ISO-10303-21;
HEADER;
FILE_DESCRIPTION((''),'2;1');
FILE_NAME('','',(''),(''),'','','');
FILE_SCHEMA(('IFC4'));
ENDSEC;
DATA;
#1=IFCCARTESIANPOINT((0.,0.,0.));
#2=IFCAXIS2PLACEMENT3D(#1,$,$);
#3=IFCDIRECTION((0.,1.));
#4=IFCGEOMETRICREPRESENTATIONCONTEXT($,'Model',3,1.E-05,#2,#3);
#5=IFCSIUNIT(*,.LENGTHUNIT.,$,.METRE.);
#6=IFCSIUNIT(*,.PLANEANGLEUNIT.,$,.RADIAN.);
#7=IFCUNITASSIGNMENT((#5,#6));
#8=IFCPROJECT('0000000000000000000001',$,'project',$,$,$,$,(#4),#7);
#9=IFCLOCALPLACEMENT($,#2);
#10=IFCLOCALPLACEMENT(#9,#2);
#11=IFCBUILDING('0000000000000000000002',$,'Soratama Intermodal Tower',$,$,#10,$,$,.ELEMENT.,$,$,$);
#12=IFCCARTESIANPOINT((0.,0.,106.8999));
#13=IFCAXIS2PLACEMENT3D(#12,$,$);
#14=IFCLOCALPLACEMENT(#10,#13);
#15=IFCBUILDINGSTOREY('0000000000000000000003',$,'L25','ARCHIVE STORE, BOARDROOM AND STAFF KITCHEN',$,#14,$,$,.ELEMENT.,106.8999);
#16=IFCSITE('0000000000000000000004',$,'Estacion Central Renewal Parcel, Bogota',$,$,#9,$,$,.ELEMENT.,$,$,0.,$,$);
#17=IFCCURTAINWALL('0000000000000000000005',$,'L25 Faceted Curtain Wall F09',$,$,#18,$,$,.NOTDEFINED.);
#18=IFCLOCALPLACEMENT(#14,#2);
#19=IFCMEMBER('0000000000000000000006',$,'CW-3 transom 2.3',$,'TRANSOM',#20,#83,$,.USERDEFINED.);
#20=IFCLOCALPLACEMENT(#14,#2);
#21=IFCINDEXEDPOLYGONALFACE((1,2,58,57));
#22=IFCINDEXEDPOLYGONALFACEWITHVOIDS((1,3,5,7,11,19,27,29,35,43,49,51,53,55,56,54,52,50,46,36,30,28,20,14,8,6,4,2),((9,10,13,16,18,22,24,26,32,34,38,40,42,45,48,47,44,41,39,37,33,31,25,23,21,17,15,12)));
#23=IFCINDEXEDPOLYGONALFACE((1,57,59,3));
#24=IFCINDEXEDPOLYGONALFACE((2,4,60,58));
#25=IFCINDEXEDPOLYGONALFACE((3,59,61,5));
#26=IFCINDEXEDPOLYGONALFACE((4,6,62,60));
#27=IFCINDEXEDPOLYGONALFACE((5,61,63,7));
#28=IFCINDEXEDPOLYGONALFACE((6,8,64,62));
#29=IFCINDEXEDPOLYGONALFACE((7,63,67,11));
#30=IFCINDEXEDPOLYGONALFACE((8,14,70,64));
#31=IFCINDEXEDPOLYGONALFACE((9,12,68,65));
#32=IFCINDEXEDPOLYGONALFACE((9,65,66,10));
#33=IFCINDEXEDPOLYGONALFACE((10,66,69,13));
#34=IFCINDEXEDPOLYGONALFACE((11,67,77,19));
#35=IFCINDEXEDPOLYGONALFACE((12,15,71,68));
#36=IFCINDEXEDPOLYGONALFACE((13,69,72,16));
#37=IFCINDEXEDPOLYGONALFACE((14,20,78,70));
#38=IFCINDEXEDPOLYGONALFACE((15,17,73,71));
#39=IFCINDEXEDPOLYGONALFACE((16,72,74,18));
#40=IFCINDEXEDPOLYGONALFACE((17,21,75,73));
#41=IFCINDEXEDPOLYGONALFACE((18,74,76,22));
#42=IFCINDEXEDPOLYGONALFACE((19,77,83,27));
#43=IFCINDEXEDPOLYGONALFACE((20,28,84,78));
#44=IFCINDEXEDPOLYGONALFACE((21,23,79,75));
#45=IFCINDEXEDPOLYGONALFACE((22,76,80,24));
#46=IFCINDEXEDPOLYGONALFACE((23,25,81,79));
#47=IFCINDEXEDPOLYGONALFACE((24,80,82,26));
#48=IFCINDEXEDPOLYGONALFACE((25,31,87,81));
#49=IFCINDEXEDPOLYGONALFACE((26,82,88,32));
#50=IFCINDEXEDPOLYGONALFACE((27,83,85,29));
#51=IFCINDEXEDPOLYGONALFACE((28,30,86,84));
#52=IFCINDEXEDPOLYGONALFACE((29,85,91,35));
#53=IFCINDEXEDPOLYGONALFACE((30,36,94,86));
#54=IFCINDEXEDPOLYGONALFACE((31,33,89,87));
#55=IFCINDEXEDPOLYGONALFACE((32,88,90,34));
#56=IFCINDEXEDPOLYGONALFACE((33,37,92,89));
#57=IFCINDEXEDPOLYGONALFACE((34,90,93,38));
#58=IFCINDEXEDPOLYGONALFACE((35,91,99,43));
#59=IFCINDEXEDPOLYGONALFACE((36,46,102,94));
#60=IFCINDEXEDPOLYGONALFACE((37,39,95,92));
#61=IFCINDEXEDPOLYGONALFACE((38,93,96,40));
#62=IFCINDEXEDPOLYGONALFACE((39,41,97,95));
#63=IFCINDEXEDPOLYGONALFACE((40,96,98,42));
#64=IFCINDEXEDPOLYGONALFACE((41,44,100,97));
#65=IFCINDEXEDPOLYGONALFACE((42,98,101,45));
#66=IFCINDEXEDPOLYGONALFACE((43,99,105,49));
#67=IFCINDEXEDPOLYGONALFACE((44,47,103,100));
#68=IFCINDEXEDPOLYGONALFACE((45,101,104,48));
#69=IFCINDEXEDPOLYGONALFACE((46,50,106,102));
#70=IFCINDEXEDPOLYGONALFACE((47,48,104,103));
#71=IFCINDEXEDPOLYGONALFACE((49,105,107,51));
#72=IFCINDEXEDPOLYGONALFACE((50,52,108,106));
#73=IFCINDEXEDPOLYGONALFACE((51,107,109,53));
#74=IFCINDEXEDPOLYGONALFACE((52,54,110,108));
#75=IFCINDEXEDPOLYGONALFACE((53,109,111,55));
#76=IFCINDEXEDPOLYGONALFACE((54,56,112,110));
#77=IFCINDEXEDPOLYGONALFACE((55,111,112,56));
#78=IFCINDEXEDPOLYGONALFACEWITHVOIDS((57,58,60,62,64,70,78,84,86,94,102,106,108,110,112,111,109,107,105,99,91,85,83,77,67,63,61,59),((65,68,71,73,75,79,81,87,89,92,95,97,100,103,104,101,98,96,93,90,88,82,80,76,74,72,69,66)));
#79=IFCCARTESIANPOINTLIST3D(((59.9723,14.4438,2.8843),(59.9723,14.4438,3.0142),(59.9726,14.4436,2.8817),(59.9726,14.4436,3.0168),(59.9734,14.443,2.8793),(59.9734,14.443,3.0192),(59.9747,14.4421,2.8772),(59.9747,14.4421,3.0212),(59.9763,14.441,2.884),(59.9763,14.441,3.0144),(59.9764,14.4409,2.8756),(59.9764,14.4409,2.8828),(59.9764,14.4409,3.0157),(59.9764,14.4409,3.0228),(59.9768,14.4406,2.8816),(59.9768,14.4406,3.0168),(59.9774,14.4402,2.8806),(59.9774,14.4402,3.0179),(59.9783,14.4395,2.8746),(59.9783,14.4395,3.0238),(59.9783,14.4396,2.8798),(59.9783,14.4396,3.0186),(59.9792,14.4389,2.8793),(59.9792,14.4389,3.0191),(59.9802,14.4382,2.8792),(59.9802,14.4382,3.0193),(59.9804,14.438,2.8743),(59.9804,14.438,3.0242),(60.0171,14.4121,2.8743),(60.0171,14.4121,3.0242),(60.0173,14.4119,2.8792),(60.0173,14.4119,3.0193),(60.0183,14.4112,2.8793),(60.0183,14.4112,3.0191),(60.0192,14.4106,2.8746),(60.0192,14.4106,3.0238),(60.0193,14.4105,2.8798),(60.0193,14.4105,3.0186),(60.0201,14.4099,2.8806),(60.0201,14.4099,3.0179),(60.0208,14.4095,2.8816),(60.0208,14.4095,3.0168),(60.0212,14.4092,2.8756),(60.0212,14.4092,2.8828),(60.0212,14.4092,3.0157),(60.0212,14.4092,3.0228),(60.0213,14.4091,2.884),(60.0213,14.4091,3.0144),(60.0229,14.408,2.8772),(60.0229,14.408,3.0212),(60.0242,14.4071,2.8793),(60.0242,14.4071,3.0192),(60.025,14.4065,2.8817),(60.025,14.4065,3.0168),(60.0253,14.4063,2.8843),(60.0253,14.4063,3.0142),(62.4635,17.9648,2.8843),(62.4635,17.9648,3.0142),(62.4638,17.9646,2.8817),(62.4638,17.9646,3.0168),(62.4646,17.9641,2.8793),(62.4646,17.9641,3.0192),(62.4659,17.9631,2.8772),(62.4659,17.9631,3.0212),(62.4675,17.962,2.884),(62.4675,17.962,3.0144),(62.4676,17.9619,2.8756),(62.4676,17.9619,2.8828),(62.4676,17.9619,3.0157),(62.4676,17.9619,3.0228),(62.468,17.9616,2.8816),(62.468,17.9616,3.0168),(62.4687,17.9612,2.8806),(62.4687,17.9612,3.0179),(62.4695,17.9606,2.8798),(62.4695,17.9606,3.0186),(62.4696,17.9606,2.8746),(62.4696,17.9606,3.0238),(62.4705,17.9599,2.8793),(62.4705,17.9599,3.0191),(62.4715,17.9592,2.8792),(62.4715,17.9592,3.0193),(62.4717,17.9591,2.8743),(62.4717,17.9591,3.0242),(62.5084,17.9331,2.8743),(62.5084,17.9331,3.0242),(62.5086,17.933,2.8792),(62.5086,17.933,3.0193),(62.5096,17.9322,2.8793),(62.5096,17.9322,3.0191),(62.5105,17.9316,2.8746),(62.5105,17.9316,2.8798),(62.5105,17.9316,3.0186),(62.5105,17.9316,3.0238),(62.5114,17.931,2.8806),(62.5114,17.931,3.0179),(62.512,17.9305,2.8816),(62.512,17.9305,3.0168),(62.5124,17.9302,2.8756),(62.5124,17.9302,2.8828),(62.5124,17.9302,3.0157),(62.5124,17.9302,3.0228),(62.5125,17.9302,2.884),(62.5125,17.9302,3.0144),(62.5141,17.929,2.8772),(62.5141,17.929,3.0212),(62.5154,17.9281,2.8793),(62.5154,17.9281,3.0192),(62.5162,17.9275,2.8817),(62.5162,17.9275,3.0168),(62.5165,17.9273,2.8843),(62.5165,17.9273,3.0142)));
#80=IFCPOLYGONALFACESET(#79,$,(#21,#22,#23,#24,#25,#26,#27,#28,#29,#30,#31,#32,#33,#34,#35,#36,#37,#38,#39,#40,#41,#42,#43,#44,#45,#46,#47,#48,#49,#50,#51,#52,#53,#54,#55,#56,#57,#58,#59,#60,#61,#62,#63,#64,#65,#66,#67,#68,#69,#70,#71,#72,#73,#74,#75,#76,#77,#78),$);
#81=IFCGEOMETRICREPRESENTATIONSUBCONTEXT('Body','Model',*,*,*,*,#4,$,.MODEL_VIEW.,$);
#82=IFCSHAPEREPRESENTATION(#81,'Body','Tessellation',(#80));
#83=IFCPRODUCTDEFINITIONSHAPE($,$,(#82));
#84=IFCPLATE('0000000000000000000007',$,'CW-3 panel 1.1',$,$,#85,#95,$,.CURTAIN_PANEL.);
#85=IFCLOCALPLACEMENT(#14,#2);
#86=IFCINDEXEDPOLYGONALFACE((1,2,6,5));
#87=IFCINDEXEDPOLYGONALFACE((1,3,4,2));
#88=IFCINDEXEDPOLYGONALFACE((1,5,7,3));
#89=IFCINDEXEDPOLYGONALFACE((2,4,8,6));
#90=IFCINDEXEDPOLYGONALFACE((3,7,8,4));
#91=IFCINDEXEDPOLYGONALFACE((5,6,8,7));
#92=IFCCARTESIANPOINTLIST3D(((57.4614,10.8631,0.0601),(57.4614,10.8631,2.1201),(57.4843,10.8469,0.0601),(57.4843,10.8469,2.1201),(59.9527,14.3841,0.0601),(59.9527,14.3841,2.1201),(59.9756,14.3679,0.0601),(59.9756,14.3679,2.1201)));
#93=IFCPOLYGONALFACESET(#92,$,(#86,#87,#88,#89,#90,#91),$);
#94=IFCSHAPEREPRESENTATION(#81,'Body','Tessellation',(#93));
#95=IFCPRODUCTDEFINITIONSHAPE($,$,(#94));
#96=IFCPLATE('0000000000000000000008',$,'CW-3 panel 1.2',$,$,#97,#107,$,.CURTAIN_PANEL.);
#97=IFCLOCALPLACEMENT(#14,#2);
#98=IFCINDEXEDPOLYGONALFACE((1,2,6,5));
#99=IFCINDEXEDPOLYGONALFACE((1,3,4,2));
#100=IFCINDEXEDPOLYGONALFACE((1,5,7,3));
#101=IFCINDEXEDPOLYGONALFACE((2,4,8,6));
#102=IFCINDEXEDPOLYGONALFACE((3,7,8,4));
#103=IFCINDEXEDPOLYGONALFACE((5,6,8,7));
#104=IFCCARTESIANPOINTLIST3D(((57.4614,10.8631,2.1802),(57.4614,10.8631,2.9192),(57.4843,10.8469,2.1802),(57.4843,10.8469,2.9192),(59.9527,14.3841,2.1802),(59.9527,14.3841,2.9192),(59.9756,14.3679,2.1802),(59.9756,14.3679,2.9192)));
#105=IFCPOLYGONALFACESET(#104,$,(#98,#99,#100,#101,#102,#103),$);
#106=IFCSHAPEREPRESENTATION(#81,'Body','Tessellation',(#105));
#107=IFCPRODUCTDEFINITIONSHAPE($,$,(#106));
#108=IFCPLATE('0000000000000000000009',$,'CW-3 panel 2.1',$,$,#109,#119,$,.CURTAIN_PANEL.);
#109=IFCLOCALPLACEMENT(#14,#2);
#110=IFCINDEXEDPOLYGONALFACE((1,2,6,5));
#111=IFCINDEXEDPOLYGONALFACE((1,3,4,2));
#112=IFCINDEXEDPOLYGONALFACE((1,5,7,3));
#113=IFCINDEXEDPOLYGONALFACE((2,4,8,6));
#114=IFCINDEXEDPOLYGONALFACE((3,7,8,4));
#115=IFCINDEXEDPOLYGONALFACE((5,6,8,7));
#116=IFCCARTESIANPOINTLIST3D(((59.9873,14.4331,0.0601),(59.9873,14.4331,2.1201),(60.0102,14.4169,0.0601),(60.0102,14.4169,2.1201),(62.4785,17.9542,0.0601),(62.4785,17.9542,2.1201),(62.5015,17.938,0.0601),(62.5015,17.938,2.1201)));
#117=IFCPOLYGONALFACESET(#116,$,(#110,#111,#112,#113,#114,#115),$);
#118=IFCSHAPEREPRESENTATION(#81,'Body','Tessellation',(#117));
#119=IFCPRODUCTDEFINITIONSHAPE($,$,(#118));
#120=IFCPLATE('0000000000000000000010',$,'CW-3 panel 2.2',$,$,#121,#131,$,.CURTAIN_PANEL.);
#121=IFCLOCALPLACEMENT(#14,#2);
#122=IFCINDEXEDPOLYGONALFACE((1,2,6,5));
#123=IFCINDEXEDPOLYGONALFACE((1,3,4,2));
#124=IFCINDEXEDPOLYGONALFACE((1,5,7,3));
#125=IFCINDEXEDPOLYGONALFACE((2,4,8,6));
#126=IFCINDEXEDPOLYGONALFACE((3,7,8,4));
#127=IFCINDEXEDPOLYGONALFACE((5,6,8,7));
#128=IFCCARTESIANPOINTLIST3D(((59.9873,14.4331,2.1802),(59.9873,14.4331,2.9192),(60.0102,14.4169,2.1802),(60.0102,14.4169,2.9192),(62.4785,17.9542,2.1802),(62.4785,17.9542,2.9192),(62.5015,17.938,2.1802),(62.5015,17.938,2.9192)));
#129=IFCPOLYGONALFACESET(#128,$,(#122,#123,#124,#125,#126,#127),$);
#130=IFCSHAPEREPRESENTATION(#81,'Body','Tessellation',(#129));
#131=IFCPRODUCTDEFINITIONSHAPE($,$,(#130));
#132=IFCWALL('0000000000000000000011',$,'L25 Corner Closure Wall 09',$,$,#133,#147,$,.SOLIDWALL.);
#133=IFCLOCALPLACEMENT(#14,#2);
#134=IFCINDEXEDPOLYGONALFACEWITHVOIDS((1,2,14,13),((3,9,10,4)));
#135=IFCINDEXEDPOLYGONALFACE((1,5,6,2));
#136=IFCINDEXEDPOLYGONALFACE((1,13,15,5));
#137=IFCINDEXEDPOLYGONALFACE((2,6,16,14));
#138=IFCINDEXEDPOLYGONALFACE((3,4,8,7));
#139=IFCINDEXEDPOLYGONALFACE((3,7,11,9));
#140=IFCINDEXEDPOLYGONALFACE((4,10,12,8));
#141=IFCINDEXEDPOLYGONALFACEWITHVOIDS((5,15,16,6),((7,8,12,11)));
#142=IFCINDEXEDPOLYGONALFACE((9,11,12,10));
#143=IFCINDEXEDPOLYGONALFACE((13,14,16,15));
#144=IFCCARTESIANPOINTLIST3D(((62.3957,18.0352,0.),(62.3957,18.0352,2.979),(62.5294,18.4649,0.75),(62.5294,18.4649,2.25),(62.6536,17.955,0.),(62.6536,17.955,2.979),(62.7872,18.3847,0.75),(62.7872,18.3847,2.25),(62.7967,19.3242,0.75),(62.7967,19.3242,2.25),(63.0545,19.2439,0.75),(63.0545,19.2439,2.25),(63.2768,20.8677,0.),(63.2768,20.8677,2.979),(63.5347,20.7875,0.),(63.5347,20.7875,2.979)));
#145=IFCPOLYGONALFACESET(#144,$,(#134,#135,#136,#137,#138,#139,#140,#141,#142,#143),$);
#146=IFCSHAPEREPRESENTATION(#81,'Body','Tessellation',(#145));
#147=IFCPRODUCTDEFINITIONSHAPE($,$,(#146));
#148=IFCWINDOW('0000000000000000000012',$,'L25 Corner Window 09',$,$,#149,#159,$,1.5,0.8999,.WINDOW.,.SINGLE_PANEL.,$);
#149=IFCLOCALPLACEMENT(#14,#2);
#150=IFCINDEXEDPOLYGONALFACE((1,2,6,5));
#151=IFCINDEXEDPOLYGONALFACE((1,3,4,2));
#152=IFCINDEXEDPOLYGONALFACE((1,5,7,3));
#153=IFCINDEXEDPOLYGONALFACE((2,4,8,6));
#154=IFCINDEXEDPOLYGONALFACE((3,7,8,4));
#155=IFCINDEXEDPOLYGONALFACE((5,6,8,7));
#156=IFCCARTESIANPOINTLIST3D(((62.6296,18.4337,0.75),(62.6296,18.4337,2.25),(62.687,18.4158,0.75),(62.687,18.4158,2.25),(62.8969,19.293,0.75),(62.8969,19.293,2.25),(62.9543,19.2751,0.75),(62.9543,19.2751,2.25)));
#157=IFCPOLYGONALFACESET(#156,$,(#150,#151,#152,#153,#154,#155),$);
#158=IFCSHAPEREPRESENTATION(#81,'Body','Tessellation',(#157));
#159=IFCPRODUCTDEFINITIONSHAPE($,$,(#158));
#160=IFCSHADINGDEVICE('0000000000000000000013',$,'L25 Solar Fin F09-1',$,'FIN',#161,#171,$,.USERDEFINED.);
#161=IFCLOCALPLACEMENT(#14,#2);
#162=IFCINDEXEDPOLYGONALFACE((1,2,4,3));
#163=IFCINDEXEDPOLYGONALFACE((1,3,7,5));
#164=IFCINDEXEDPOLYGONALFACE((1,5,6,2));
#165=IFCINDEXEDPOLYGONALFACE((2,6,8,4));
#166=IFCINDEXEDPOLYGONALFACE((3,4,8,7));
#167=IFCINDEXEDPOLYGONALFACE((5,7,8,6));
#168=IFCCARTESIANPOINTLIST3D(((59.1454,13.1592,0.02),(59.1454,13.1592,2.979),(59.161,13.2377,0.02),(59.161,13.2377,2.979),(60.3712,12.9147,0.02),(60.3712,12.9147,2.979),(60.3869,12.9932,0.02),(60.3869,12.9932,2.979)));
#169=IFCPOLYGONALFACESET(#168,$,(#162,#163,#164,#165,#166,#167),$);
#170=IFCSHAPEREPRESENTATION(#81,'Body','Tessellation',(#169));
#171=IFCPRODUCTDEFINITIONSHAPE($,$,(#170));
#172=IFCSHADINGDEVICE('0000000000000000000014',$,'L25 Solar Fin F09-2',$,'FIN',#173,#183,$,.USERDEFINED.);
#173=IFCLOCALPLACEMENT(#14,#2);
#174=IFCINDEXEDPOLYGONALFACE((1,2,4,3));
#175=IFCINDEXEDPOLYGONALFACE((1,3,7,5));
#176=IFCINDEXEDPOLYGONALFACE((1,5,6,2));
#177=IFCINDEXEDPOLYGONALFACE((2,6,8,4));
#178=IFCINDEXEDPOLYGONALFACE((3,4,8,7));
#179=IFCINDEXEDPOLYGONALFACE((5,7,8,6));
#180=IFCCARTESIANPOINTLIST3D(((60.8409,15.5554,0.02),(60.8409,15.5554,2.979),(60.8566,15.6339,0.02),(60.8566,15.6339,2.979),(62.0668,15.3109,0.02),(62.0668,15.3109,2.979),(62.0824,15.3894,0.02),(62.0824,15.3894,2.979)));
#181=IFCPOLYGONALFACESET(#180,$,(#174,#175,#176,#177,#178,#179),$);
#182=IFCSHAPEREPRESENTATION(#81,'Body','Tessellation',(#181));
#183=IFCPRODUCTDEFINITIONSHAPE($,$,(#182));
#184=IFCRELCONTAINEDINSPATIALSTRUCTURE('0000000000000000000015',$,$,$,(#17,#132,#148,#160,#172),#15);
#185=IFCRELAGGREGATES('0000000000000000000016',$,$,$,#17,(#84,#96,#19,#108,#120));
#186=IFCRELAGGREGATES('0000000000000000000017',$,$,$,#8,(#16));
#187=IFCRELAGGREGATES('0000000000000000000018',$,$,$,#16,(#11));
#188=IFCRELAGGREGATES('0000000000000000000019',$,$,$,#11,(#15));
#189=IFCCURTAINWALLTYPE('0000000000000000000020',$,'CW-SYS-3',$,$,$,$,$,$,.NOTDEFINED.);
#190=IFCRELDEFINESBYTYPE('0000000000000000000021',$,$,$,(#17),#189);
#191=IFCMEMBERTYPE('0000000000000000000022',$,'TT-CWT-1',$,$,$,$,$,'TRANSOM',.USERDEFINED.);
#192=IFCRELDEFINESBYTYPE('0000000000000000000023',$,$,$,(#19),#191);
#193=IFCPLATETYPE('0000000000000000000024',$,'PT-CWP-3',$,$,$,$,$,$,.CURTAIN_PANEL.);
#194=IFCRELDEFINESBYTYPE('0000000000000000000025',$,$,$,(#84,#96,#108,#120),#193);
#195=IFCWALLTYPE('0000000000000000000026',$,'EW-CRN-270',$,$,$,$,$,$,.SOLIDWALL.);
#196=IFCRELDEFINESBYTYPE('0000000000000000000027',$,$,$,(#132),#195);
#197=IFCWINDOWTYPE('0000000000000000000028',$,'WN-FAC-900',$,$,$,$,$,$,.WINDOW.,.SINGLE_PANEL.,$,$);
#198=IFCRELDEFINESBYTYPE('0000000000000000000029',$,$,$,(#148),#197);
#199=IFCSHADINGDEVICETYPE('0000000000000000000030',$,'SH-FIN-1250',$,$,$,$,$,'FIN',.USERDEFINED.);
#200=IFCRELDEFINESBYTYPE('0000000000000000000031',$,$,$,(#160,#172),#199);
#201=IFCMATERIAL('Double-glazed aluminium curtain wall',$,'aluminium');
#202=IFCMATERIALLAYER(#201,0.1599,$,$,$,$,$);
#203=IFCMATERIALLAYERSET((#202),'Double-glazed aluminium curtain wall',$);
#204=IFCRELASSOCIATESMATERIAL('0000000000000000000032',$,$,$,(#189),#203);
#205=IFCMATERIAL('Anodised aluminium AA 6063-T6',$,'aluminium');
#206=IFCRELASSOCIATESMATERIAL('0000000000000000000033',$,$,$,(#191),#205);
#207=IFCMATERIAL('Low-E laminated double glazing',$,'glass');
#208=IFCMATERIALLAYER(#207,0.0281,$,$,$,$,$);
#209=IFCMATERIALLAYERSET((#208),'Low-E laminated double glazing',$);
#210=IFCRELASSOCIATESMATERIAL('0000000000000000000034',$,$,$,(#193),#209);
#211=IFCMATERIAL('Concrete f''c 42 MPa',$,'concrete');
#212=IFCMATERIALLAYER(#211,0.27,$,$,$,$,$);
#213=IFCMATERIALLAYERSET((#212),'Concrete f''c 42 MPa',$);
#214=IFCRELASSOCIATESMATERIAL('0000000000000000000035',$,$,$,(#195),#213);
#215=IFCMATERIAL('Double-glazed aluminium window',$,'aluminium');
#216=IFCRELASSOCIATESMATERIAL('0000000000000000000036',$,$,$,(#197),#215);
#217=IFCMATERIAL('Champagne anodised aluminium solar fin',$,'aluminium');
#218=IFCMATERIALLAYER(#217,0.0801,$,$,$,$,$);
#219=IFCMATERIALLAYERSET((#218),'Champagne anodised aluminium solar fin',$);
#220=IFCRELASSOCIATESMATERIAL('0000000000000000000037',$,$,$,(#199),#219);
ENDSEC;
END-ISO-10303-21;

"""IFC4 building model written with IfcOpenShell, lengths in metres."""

from ifc_helpers import new_model, si_unit, direction, frame, frame_2d, origin, origin_2d, place, context, subcontext, project, spatial, rectangle, hollow_rectangle, extrude, material, layer, layer_set, material_profile, profile_set, type_object, element, fill, aggregate, save


model = new_model("IFC4")

# Units and contexts
model_context = context("Model", 3, precision=1e-05, world=origin(), true_north=direction((0.0, 1.0)))
body_context = subcontext(model_context, "Body", "Model", "MODEL_VIEW")
ifc_project = project(units=[si_unit("LENGTHUNIT", "METRE"), si_unit("PLANEANGLEUNIT", "RADIAN")], contexts=[model_context])

# Site, building, storey
site_placement = place(None, origin())
site = spatial("IfcSite", under=ifc_project, at=site_placement, Name="Estacion Central Renewal Parcel, Bogota", CompositionType="ELEMENT", RefElevation=0.0)
building_placement = place(site_placement, origin())
building = spatial("IfcBuilding", under=site, at=building_placement, Name="Soratama Intermodal Tower", CompositionType="ELEMENT")
storey_placement = place(building_placement, frame((0.0, 0.0, 106.8999)))
storey = spatial("IfcBuildingStorey", under=building, at=storey_placement, Name="L25", Description="ARCHIVE STORE, BOARDROOM AND STAFF KITCHEN", CompositionType="ELEMENT", Elevation=106.8999)

# Curtain wall, member, plates
ifc_material_1 = material(Name="Double-glazed aluminium curtain wall", Category="aluminium")
ifc_layer_1 = layer(ifc_material_1, 0.1599)
ifc_layer_set_1 = layer_set([ifc_layer_1], Name="Double-glazed aluminium curtain wall")
curtain_wall_type = type_object("IfcCurtainWallType", Name="CW-SYS-3", PredefinedType="NOTDEFINED", material=ifc_layer_set_1)
curtain_wall_placement = place(storey_placement, origin())
curtain_wall = element("IfcCurtainWall", 1, at=curtain_wall_placement, inside=storey, type_object=curtain_wall_type, Name="L25 Faceted Curtain Wall F09", PredefinedType="NOTDEFINED")
ifc_material_2 = material(Name="Anodised aluminium AA 6063-T6", Category="aluminium")
ifc_material_profile_1 = material_profile(ifc_material_2, hollow_rectangle(XDim=0.0649, YDim=0.1499, WallThickness=0.0049, InnerFilletRadius=0.0049, OuterFilletRadius=0.01, at=origin_2d()), Name="CWT150X65X5")
ifc_profile_set_1 = profile_set([ifc_material_profile_1], Name="Anodised aluminium AA 6063-T6")
member_type_1 = type_object("IfcMemberType", Name="TT-CWT-1", ElementType="TRANSOM", PredefinedType="USERDEFINED", material=ifc_profile_set_1)
member_1_placement = place(storey_placement, frame((59.9988, 14.425, 2.9492), z_axis=(0.577581, 0.816334, 0.0), x_axis=(-0.816334, 0.577581, 0.0)))
member_1 = element("IfcMember", 2, at=member_1_placement, type_object=member_type_1, Name="CW-3 transom 2.3", ObjectType="TRANSOM", PredefinedType="USERDEFINED", context=body_context, shape_type="SweptSolid", body=[
    extrude(hollow_rectangle(XDim=0.0649, YDim=0.1499, WallThickness=0.0049, InnerFilletRadius=0.0049, OuterFilletRadius=0.01, at=origin_2d()), origin(), (0.0, 0.0, 1.0), 4.3132),
])
ifc_material_3 = material(Name="Low-E laminated double glazing", Category="glass")
ifc_layer_2 = layer(ifc_material_3, 0.0281)
ifc_layer_set_2 = layer_set([ifc_layer_2], Name="Low-E laminated double glazing")
plate_type = type_object("IfcPlateType", Name="PT-CWP-3", PredefinedType="CURTAIN_PANEL", material=ifc_layer_set_2)
plate_1_placement = place(storey_placement, frame((58.7185, 12.6155, 0.0601), z_axis=(0.0, 0.0, 1.0), x_axis=(0.57758, 0.816334, 0.0)))
plate_1 = element("IfcPlate", 3, at=plate_1_placement, type_object=plate_type, Name="CW-3 panel 1.1", PredefinedType="CURTAIN_PANEL", context=body_context, shape_type="SweptSolid", body=[
    extrude(rectangle(XDim=4.3132, YDim=0.0281, at=origin_2d()), origin(), (0.0, 0.0, 1.0), 2.0601),
])
plate_2_placement = place(storey_placement, frame((58.7185, 12.6155, 2.1802), z_axis=(0.0, 0.0, 1.0), x_axis=(0.57758, 0.816334, 0.0)))
plate_2 = element("IfcPlate", 4, at=plate_2_placement, type_object=plate_type, Name="CW-3 panel 1.2", PredefinedType="CURTAIN_PANEL", context=body_context, shape_type="SweptSolid", body=[
    extrude(rectangle(XDim=4.3132, YDim=0.0281, at=origin_2d()), origin(), (0.0, 0.0, 1.0), 0.739),
])
plate_3_placement = place(storey_placement, frame((61.2444, 16.1855, 0.0601), z_axis=(0.0, 0.0, 1.0), x_axis=(0.57758, 0.816334, 0.0)))
plate_3 = element("IfcPlate", 5, at=plate_3_placement, type_object=plate_type, Name="CW-3 panel 2.1", PredefinedType="CURTAIN_PANEL", context=body_context, shape_type="SweptSolid", body=[
    extrude(rectangle(XDim=4.3132, YDim=0.0281, at=origin_2d()), origin(), (0.0, 0.0, 1.0), 2.0601),
])
plate_4_placement = place(storey_placement, frame((61.2444, 16.1855, 2.1802), z_axis=(0.0, 0.0, 1.0), x_axis=(0.57758, 0.816334, 0.0)))
plate_4 = element("IfcPlate", 6, at=plate_4_placement, type_object=plate_type, Name="CW-3 panel 2.2", PredefinedType="CURTAIN_PANEL", context=body_context, shape_type="SweptSolid", body=[
    extrude(rectangle(XDim=4.3132, YDim=0.0281, at=origin_2d()), origin(), (0.0, 0.0, 1.0), 0.739),
])
aggregate(curtain_wall, [plate_1, plate_2, member_1, plate_3, plate_4])

# Wall, opening, window
ifc_material_4 = material(Name="Concrete f'c 42 MPa", Category="concrete")
ifc_layer_3 = layer(ifc_material_4, 0.27)
ifc_layer_set_3 = layer_set([ifc_layer_3], Name="Concrete f'c 42 MPa")
wall_type_1 = type_object("IfcWallType", Name="EW-CRN-270", PredefinedType="SOLIDWALL", material=ifc_layer_set_3)
wall_1_placement = place(storey_placement, frame((62.5247, 17.9951, 0.0), z_axis=(0.0, 0.0, 1.0), x_axis=(0.297028, 0.954869, 0.0)))
wall_1 = element("IfcWall", 7, at=wall_1_placement, inside=storey, type_object=wall_type_1, Name="L25 Corner Closure Wall 09", PredefinedType="SOLIDWALL", context=body_context, shape_type="SweptSolid", body=[
    extrude(rectangle(XDim=2.9663, YDim=0.27, at=frame_2d((1.4832, 0.0))), origin(), (0.0, 0.0, 1.0), 2.979),
])
opening_1_placement = place(wall_1_placement, frame((0.45, 0.0, 0.75)))
opening_1 = element("IfcOpeningElement", 8, at=opening_1_placement, cuts=wall_1, PredefinedType="OPENING", context=body_context, shape_type="SweptSolid", body=[
    extrude(rectangle(XDim=0.8999, YDim=1.5, at=frame_2d((0.45, 0.75))), frame((0.0, 0.145, 0.0), z_axis=(0.0, -1.0, 0.0), x_axis=(1.0, 0.0, 0.0)), (0.0, 0.0, 1.0), 0.29),
])
ifc_material_5 = material(Name="Double-glazed aluminium window", Category="aluminium")
window_type_1 = type_object("IfcWindowType", Name="WN-FAC-900", PartitioningType="SINGLE_PANEL", PredefinedType="WINDOW", material=ifc_material_5)
window_1_placement = place(opening_1_placement, origin())
window_1 = element("IfcWindow", 9, at=window_1_placement, inside=storey, type_object=window_type_1, Name="L25 Corner Window 09", OverallHeight=1.5, OverallWidth=0.8999, PartitioningType="SINGLE_PANEL", PredefinedType="WINDOW", context=body_context, shape_type="SweptSolid", body=[
    extrude(rectangle(XDim=0.8999, YDim=1.5, at=frame_2d((0.45, 0.75))), frame((0.0, 0.03, 0.0), z_axis=(0.0, -1.0, 0.0), x_axis=(1.0, 0.0, 0.0)), (0.0, 0.0, 1.0), 0.0601),
])
fill(opening_1, window_1)

# Shading devices
ifc_material_6 = material(Name="Champagne anodised aluminium solar fin", Category="aluminium")
ifc_layer_4 = layer(ifc_material_6, 0.0801)
ifc_layer_set_4 = layer_set([ifc_layer_4], Name="Champagne anodised aluminium solar fin")
shading_device_type = type_object("IfcShadingDeviceType", Name="SH-FIN-1250", ElementType="FIN", PredefinedType="USERDEFINED", material=ifc_layer_set_4)
for number, where, z_axis, x_axis, name in (
    (10, (59.7661, 13.0762, 0.02), (0.0, 0.0, 1.0), (0.980683, -0.195604, 0.0), "L25 Solar Fin F09-1"),
    (11, (61.4617, 15.4724, 0.02), (0.0, 0.0, 1.0), (0.980683, -0.195604, 0.0), "L25 Solar Fin F09-2"),
):
    element("IfcShadingDevice", number, at=place(storey_placement, frame(where, z_axis=z_axis, x_axis=x_axis)), inside=storey, type_object=shading_device_type, Name=name, ObjectType="FIN", PredefinedType="USERDEFINED", context=body_context, shape_type="SweptSolid", body=[
        extrude(rectangle(XDim=1.25, YDim=0.0801, at=origin_2d()), origin(), (0.0, 0.0, 1.0), 2.959),
    ])

save(model, "model.ifc")
